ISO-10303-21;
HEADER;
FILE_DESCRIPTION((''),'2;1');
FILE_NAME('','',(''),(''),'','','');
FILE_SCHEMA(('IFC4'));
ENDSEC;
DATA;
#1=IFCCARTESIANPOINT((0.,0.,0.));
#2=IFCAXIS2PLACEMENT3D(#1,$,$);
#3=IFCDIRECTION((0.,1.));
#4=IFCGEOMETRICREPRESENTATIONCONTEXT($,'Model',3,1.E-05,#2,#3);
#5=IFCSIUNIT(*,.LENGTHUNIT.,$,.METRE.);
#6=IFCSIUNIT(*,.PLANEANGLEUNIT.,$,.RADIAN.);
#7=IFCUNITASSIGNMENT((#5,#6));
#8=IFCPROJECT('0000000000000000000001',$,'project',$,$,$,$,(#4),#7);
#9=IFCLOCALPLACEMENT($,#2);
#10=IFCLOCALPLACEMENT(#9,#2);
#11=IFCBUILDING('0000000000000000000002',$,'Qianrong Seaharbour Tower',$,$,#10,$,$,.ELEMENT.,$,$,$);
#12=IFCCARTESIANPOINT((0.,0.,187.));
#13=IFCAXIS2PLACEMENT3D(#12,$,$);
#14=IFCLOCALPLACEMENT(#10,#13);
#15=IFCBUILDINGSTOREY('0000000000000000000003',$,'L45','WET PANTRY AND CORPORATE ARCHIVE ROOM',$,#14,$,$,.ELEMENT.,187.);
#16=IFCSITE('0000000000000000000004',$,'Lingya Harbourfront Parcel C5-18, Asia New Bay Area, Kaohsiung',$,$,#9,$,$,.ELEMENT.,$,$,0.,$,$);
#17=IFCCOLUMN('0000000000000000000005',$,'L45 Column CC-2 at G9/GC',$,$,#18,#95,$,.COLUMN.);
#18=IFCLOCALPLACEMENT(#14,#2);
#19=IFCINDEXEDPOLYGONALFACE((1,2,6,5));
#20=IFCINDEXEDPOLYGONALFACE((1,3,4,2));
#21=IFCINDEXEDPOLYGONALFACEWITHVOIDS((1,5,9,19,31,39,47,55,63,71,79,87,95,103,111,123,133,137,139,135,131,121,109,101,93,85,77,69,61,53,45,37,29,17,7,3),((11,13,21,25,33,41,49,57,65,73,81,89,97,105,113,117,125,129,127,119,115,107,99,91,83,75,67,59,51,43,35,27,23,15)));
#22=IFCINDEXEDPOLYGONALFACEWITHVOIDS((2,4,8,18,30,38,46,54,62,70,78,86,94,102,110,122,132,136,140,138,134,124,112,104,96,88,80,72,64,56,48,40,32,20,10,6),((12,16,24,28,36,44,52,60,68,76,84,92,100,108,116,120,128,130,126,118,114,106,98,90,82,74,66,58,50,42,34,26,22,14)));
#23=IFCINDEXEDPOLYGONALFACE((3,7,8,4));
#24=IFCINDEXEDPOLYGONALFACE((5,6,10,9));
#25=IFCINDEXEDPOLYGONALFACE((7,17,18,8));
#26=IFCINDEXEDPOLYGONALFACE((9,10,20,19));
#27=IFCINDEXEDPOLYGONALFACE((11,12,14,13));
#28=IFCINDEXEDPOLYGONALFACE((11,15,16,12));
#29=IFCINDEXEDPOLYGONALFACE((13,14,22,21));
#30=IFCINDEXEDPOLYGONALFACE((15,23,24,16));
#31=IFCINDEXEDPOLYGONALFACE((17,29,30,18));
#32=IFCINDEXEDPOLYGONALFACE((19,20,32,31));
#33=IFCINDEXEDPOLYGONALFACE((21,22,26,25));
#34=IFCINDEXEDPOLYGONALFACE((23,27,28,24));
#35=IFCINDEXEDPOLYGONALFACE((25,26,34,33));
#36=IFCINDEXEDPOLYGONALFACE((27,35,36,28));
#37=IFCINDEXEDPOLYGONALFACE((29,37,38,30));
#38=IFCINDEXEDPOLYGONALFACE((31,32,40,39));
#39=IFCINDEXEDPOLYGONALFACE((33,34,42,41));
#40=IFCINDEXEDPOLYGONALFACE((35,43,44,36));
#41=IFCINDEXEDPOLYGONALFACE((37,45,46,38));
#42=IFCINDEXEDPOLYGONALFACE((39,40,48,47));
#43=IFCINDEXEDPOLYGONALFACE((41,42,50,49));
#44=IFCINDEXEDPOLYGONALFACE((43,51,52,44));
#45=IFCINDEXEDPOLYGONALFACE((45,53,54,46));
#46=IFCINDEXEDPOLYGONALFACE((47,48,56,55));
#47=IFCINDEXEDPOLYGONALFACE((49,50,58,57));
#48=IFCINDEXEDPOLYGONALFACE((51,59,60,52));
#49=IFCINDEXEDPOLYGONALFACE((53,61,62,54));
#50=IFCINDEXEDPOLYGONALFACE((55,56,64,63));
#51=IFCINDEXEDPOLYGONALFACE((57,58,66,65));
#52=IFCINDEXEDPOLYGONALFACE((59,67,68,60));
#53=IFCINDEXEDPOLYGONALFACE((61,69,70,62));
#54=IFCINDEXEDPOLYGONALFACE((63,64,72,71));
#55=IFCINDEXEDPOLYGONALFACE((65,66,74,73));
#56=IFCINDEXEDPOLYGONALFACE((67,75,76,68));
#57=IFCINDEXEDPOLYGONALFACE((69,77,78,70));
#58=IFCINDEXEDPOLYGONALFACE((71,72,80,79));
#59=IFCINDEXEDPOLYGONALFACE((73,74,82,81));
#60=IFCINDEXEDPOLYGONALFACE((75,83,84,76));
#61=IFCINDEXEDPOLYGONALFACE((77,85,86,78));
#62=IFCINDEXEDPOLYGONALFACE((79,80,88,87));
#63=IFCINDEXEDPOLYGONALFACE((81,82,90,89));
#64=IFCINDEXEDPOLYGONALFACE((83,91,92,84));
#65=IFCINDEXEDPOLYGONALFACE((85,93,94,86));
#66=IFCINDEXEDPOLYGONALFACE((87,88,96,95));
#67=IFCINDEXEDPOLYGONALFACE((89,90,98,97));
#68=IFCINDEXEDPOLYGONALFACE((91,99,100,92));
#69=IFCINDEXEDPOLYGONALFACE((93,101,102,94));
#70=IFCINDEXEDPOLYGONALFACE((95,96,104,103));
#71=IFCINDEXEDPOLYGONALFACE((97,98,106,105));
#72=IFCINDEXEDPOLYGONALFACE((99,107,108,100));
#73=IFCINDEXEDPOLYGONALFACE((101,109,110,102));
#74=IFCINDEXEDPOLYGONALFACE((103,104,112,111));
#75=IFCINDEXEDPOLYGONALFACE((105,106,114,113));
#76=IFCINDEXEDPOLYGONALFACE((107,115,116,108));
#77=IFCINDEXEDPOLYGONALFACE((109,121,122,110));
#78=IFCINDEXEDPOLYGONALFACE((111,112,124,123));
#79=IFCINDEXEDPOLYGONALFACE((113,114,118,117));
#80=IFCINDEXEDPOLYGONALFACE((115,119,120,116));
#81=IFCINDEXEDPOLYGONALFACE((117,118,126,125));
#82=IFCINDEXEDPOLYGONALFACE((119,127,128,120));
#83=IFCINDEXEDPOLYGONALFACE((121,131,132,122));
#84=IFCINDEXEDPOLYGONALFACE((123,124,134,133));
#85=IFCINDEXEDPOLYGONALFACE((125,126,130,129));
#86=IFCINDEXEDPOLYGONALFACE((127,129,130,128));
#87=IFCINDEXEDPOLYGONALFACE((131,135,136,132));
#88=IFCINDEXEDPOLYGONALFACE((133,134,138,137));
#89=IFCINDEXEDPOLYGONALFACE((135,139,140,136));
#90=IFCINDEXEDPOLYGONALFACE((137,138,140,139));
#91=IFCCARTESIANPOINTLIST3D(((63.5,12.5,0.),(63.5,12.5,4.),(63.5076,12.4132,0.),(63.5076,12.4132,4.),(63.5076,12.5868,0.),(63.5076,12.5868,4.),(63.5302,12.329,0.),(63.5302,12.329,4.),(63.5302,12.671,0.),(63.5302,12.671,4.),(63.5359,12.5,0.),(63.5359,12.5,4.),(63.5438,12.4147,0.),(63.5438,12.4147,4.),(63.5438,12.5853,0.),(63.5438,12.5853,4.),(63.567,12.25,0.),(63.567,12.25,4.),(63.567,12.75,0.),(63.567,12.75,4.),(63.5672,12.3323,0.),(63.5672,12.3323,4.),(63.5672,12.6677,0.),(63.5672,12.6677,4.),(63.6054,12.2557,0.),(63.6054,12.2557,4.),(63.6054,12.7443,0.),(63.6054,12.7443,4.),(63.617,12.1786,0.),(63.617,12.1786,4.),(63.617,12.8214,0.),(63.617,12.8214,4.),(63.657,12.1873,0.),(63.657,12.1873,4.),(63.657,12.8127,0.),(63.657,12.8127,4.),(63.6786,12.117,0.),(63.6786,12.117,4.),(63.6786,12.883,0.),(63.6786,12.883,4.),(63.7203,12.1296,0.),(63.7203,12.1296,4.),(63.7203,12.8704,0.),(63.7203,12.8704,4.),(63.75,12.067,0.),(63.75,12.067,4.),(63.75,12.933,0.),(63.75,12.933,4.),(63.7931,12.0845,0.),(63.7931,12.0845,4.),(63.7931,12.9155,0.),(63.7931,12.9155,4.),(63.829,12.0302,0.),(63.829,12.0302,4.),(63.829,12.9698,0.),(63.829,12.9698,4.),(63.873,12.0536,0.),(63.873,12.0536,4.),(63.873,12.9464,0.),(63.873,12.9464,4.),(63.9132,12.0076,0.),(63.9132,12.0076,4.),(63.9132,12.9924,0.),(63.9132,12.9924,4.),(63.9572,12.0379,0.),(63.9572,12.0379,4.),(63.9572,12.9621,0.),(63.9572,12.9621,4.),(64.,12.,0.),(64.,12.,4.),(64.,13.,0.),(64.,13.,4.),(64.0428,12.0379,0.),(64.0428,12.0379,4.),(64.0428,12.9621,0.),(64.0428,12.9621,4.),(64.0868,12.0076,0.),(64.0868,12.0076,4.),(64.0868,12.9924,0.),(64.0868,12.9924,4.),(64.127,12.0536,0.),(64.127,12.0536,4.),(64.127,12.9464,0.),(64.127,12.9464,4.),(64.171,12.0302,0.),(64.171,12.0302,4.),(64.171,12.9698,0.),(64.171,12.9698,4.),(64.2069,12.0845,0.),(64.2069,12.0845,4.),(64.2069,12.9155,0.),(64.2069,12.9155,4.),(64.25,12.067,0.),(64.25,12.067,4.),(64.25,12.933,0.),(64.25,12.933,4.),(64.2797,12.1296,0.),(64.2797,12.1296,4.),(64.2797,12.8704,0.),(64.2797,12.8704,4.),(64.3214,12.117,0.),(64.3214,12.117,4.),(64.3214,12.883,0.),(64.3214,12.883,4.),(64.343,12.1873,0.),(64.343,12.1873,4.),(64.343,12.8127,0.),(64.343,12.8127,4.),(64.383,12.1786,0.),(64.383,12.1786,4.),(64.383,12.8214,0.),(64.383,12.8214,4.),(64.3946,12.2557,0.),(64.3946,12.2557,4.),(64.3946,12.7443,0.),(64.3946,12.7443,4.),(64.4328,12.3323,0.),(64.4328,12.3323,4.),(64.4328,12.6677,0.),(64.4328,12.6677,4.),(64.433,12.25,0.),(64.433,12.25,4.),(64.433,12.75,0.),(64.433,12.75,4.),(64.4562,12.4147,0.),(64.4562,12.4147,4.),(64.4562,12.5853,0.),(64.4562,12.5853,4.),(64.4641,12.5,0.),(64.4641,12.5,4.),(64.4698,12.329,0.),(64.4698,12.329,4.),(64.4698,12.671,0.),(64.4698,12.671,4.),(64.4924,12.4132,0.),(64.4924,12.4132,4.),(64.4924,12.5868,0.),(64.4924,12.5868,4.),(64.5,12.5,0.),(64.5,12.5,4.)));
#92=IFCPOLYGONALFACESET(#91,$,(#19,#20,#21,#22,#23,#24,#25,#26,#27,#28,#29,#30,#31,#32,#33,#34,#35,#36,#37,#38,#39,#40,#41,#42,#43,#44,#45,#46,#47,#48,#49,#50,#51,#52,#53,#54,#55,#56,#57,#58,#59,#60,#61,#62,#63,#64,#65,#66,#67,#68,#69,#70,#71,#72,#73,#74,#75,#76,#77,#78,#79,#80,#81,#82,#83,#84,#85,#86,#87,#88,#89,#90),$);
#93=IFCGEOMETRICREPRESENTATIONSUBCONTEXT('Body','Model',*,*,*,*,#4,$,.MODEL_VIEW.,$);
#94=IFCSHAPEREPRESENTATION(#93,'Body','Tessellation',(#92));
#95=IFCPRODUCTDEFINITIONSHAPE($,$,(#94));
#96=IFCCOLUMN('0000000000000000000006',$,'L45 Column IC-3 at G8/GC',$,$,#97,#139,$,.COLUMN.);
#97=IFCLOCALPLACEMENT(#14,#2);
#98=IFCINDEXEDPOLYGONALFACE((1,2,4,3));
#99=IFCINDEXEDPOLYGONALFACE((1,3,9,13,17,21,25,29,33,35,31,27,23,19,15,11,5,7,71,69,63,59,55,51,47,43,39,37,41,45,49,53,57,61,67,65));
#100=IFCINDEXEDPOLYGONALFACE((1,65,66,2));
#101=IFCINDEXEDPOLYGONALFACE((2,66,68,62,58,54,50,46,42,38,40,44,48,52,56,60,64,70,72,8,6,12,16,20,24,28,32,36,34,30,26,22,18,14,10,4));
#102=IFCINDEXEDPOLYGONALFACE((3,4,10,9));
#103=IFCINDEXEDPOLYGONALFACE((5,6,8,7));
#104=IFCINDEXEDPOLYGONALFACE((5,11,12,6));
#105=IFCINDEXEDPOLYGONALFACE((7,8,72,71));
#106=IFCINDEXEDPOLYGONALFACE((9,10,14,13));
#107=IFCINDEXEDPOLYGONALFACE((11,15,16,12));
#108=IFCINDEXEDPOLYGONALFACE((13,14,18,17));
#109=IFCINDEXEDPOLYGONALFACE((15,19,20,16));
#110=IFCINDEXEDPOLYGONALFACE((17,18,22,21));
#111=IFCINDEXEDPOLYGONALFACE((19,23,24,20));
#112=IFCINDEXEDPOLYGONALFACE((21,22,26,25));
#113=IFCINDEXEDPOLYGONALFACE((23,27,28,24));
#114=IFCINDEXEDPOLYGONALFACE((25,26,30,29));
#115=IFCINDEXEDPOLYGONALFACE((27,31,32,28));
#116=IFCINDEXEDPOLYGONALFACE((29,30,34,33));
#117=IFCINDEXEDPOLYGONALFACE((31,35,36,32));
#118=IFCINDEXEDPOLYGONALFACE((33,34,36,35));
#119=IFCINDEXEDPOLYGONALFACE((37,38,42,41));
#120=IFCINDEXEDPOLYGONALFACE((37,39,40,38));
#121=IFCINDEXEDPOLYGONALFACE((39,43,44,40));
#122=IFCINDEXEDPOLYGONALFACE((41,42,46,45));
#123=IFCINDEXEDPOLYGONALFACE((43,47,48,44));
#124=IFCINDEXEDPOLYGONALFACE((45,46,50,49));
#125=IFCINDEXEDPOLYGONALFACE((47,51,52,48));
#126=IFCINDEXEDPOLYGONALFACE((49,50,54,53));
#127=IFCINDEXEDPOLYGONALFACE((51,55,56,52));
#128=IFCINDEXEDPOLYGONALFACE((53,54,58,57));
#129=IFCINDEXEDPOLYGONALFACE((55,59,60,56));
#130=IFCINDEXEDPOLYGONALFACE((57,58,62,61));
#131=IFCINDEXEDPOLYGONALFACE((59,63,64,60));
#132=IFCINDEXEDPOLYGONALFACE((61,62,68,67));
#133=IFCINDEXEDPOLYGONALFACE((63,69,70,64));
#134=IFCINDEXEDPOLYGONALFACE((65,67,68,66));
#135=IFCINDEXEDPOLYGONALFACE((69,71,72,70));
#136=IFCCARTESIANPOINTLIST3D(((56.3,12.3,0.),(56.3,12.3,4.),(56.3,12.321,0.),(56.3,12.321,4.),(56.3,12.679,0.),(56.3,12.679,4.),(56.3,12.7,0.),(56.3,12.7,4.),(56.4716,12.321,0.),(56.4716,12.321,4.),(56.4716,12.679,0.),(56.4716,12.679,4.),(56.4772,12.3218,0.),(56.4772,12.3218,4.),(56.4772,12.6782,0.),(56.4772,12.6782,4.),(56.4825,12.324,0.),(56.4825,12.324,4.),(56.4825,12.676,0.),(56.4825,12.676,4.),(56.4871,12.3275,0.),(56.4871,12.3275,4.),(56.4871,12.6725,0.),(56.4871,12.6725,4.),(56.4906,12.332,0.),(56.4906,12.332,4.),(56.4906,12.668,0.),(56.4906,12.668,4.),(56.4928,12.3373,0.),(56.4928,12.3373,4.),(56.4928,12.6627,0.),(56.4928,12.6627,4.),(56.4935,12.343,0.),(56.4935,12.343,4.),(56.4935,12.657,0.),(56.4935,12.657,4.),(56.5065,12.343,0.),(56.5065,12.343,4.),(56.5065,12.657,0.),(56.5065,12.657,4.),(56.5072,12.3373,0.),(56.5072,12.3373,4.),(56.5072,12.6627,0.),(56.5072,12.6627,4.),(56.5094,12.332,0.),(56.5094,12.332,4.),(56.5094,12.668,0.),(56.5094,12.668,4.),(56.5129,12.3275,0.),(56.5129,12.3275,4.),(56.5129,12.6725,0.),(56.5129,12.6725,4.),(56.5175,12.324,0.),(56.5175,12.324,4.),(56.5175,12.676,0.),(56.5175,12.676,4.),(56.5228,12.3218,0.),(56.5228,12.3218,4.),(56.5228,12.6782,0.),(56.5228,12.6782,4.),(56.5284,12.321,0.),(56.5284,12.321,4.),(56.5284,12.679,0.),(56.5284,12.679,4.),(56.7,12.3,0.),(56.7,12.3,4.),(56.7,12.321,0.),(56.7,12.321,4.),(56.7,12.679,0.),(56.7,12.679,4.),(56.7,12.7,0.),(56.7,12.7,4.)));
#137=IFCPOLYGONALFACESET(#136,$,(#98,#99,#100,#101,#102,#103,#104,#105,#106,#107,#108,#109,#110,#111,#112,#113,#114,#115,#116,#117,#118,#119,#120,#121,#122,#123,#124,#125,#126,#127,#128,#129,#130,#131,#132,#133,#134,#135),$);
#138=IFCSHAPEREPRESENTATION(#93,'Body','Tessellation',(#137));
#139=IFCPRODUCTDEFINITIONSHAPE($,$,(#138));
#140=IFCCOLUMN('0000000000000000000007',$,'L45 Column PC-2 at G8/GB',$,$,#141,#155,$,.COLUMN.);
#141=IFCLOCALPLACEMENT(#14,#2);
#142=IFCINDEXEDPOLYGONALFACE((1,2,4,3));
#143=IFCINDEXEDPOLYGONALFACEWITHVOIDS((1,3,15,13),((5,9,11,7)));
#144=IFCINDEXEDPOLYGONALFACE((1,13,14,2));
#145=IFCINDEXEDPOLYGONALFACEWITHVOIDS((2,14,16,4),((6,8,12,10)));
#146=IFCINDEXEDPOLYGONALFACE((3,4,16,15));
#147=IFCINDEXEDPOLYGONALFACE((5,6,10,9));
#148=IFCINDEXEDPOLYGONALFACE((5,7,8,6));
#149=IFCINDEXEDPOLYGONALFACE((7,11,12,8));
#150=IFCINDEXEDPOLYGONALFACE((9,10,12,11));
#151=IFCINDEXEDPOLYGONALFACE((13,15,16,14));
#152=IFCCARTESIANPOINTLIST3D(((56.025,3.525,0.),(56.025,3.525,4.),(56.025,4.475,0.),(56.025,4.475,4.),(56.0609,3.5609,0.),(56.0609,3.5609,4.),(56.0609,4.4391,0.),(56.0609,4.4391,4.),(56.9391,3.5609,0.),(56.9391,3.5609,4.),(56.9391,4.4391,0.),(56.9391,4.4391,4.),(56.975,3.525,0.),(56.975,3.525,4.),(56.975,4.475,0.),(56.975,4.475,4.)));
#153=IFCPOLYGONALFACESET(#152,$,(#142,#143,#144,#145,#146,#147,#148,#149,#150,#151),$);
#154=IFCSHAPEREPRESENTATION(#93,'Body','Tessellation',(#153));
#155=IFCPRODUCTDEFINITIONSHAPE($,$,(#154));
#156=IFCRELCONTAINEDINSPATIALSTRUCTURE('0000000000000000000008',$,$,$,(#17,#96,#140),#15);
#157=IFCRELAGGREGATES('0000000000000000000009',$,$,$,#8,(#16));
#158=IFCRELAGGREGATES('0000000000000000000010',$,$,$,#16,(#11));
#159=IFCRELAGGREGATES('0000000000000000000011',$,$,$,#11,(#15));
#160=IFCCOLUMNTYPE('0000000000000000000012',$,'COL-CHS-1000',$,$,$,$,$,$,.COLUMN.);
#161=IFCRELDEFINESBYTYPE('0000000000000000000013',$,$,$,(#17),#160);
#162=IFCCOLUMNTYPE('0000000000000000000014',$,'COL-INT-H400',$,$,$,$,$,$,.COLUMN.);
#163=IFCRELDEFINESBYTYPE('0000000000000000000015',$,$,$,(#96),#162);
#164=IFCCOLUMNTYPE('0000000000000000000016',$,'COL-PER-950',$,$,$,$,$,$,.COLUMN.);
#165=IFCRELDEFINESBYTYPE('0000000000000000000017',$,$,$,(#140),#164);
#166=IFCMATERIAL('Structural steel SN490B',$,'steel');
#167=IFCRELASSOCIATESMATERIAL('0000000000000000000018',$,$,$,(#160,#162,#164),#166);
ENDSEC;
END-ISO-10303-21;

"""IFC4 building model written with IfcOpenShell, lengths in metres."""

from ifc_helpers import new_model, si_unit, direction, frame, origin, origin_2d, place, context, subcontext, project, spatial, hollow_rectangle, hollow_circle, i_section, extrude, material, material_profile, profile_set, type_object, element, save


model = new_model("IFC4")

# Units and contexts
model_context = context("Model", 3, precision=1e-05, world=origin(), true_north=direction((0.0, 1.0)))
body_context = subcontext(model_context, "Body", "Model", "MODEL_VIEW")
ifc_project = project(units=[si_unit("LENGTHUNIT", "METRE"), si_unit("PLANEANGLEUNIT", "RADIAN")], contexts=[model_context])

# Site, building, storey
site_placement = place(None, origin())
site = spatial("IfcSite", under=ifc_project, at=site_placement, Name="Lingya Harbourfront Parcel C5-18, Asia New Bay Area, Kaohsiung", CompositionType="ELEMENT", RefElevation=0.0)
building_placement = place(site_placement, origin())
building = spatial("IfcBuilding", under=site, at=building_placement, Name="Qianrong Seaharbour Tower", CompositionType="ELEMENT")
storey_placement = place(building_placement, frame((0.0, 0.0, 187.0)))
storey = spatial("IfcBuildingStorey", under=building, at=storey_placement, Name="L45", Description="WET PANTRY AND CORPORATE ARCHIVE ROOM", CompositionType="ELEMENT", Elevation=187.0)

# Columns
ifc_material_1 = material(Name="Structural steel SN490B", Category="steel")
ifc_material_profile_1 = material_profile(ifc_material_1, hollow_circle(Radius=0.5, WallThickness=0.0359, at=origin_2d()), Name="CHS1000x36")
ifc_profile_set_1 = profile_set([ifc_material_profile_1], Name="Structural steel SN490B")
column_type_1 = type_object("IfcColumnType", Name="COL-CHS-1000", PredefinedType="COLUMN", material=ifc_profile_set_1)
column_1_placement = place(storey_placement, frame((64.0, 12.5, 0.0), z_axis=(0.0, 0.0, 1.0), x_axis=(1.0, 0.0, 0.0)))
element("IfcColumn", 1, at=column_1_placement, inside=storey, type_object=column_type_1, Name="L45 Column CC-2 at G9/GC", PredefinedType="COLUMN", context=body_context, shape_type="SweptSolid", body=[
    extrude(hollow_circle(Radius=0.5, WallThickness=0.0359, at=origin_2d()), origin(), (0.0, 0.0, 1.0), 4.0),
])
ifc_material_profile_2 = material_profile(ifc_material_1, i_section(OverallWidth=0.3999, OverallDepth=0.3999, WebThickness=0.0129, FlangeThickness=0.021, FilletRadius=0.022, at=origin_2d()), Name="H400x400x13x21")
ifc_profile_set_2 = profile_set([ifc_material_profile_2], Name="Structural steel SN490B")
column_type_2 = type_object("IfcColumnType", Name="COL-INT-H400", PredefinedType="COLUMN", material=ifc_profile_set_2)
column_2_placement = place(storey_placement, frame((56.5, 12.5, 0.0), z_axis=(0.0, 0.0, 1.0), x_axis=(1.0, 0.0, 0.0)))
element("IfcColumn", 2, at=column_2_placement, inside=storey, type_object=column_type_2, Name="L45 Column IC-3 at G8/GC", PredefinedType="COLUMN", context=body_context, shape_type="SweptSolid", body=[
    extrude(i_section(OverallWidth=0.3999, OverallDepth=0.3999, WebThickness=0.0129, FlangeThickness=0.021, FilletRadius=0.022, at=origin_2d()), origin(), (0.0, 0.0, 1.0), 4.0),
])
ifc_material_profile_3 = material_profile(ifc_material_1, hollow_rectangle(XDim=0.95, YDim=0.95, WallThickness=0.0359, at=origin_2d()), Name="BOX950x950x36")
ifc_profile_set_3 = profile_set([ifc_material_profile_3], Name="Structural steel SN490B")
column_type_3 = type_object("IfcColumnType", Name="COL-PER-950", PredefinedType="COLUMN", material=ifc_profile_set_3)
column_3_placement = place(storey_placement, frame((56.5, 4.0, 0.0), z_axis=(0.0, 0.0, 1.0), x_axis=(1.0, 0.0, 0.0)))
element("IfcColumn", 3, at=column_3_placement, inside=storey, type_object=column_type_3, Name="L45 Column PC-2 at G8/GB", PredefinedType="COLUMN", context=body_context, shape_type="SweptSolid", body=[
    extrude(hollow_rectangle(XDim=0.95, YDim=0.95, WallThickness=0.0359, at=origin_2d()), origin(), (0.0, 0.0, 1.0), 4.0),
])

save(model, "model.ifc")
